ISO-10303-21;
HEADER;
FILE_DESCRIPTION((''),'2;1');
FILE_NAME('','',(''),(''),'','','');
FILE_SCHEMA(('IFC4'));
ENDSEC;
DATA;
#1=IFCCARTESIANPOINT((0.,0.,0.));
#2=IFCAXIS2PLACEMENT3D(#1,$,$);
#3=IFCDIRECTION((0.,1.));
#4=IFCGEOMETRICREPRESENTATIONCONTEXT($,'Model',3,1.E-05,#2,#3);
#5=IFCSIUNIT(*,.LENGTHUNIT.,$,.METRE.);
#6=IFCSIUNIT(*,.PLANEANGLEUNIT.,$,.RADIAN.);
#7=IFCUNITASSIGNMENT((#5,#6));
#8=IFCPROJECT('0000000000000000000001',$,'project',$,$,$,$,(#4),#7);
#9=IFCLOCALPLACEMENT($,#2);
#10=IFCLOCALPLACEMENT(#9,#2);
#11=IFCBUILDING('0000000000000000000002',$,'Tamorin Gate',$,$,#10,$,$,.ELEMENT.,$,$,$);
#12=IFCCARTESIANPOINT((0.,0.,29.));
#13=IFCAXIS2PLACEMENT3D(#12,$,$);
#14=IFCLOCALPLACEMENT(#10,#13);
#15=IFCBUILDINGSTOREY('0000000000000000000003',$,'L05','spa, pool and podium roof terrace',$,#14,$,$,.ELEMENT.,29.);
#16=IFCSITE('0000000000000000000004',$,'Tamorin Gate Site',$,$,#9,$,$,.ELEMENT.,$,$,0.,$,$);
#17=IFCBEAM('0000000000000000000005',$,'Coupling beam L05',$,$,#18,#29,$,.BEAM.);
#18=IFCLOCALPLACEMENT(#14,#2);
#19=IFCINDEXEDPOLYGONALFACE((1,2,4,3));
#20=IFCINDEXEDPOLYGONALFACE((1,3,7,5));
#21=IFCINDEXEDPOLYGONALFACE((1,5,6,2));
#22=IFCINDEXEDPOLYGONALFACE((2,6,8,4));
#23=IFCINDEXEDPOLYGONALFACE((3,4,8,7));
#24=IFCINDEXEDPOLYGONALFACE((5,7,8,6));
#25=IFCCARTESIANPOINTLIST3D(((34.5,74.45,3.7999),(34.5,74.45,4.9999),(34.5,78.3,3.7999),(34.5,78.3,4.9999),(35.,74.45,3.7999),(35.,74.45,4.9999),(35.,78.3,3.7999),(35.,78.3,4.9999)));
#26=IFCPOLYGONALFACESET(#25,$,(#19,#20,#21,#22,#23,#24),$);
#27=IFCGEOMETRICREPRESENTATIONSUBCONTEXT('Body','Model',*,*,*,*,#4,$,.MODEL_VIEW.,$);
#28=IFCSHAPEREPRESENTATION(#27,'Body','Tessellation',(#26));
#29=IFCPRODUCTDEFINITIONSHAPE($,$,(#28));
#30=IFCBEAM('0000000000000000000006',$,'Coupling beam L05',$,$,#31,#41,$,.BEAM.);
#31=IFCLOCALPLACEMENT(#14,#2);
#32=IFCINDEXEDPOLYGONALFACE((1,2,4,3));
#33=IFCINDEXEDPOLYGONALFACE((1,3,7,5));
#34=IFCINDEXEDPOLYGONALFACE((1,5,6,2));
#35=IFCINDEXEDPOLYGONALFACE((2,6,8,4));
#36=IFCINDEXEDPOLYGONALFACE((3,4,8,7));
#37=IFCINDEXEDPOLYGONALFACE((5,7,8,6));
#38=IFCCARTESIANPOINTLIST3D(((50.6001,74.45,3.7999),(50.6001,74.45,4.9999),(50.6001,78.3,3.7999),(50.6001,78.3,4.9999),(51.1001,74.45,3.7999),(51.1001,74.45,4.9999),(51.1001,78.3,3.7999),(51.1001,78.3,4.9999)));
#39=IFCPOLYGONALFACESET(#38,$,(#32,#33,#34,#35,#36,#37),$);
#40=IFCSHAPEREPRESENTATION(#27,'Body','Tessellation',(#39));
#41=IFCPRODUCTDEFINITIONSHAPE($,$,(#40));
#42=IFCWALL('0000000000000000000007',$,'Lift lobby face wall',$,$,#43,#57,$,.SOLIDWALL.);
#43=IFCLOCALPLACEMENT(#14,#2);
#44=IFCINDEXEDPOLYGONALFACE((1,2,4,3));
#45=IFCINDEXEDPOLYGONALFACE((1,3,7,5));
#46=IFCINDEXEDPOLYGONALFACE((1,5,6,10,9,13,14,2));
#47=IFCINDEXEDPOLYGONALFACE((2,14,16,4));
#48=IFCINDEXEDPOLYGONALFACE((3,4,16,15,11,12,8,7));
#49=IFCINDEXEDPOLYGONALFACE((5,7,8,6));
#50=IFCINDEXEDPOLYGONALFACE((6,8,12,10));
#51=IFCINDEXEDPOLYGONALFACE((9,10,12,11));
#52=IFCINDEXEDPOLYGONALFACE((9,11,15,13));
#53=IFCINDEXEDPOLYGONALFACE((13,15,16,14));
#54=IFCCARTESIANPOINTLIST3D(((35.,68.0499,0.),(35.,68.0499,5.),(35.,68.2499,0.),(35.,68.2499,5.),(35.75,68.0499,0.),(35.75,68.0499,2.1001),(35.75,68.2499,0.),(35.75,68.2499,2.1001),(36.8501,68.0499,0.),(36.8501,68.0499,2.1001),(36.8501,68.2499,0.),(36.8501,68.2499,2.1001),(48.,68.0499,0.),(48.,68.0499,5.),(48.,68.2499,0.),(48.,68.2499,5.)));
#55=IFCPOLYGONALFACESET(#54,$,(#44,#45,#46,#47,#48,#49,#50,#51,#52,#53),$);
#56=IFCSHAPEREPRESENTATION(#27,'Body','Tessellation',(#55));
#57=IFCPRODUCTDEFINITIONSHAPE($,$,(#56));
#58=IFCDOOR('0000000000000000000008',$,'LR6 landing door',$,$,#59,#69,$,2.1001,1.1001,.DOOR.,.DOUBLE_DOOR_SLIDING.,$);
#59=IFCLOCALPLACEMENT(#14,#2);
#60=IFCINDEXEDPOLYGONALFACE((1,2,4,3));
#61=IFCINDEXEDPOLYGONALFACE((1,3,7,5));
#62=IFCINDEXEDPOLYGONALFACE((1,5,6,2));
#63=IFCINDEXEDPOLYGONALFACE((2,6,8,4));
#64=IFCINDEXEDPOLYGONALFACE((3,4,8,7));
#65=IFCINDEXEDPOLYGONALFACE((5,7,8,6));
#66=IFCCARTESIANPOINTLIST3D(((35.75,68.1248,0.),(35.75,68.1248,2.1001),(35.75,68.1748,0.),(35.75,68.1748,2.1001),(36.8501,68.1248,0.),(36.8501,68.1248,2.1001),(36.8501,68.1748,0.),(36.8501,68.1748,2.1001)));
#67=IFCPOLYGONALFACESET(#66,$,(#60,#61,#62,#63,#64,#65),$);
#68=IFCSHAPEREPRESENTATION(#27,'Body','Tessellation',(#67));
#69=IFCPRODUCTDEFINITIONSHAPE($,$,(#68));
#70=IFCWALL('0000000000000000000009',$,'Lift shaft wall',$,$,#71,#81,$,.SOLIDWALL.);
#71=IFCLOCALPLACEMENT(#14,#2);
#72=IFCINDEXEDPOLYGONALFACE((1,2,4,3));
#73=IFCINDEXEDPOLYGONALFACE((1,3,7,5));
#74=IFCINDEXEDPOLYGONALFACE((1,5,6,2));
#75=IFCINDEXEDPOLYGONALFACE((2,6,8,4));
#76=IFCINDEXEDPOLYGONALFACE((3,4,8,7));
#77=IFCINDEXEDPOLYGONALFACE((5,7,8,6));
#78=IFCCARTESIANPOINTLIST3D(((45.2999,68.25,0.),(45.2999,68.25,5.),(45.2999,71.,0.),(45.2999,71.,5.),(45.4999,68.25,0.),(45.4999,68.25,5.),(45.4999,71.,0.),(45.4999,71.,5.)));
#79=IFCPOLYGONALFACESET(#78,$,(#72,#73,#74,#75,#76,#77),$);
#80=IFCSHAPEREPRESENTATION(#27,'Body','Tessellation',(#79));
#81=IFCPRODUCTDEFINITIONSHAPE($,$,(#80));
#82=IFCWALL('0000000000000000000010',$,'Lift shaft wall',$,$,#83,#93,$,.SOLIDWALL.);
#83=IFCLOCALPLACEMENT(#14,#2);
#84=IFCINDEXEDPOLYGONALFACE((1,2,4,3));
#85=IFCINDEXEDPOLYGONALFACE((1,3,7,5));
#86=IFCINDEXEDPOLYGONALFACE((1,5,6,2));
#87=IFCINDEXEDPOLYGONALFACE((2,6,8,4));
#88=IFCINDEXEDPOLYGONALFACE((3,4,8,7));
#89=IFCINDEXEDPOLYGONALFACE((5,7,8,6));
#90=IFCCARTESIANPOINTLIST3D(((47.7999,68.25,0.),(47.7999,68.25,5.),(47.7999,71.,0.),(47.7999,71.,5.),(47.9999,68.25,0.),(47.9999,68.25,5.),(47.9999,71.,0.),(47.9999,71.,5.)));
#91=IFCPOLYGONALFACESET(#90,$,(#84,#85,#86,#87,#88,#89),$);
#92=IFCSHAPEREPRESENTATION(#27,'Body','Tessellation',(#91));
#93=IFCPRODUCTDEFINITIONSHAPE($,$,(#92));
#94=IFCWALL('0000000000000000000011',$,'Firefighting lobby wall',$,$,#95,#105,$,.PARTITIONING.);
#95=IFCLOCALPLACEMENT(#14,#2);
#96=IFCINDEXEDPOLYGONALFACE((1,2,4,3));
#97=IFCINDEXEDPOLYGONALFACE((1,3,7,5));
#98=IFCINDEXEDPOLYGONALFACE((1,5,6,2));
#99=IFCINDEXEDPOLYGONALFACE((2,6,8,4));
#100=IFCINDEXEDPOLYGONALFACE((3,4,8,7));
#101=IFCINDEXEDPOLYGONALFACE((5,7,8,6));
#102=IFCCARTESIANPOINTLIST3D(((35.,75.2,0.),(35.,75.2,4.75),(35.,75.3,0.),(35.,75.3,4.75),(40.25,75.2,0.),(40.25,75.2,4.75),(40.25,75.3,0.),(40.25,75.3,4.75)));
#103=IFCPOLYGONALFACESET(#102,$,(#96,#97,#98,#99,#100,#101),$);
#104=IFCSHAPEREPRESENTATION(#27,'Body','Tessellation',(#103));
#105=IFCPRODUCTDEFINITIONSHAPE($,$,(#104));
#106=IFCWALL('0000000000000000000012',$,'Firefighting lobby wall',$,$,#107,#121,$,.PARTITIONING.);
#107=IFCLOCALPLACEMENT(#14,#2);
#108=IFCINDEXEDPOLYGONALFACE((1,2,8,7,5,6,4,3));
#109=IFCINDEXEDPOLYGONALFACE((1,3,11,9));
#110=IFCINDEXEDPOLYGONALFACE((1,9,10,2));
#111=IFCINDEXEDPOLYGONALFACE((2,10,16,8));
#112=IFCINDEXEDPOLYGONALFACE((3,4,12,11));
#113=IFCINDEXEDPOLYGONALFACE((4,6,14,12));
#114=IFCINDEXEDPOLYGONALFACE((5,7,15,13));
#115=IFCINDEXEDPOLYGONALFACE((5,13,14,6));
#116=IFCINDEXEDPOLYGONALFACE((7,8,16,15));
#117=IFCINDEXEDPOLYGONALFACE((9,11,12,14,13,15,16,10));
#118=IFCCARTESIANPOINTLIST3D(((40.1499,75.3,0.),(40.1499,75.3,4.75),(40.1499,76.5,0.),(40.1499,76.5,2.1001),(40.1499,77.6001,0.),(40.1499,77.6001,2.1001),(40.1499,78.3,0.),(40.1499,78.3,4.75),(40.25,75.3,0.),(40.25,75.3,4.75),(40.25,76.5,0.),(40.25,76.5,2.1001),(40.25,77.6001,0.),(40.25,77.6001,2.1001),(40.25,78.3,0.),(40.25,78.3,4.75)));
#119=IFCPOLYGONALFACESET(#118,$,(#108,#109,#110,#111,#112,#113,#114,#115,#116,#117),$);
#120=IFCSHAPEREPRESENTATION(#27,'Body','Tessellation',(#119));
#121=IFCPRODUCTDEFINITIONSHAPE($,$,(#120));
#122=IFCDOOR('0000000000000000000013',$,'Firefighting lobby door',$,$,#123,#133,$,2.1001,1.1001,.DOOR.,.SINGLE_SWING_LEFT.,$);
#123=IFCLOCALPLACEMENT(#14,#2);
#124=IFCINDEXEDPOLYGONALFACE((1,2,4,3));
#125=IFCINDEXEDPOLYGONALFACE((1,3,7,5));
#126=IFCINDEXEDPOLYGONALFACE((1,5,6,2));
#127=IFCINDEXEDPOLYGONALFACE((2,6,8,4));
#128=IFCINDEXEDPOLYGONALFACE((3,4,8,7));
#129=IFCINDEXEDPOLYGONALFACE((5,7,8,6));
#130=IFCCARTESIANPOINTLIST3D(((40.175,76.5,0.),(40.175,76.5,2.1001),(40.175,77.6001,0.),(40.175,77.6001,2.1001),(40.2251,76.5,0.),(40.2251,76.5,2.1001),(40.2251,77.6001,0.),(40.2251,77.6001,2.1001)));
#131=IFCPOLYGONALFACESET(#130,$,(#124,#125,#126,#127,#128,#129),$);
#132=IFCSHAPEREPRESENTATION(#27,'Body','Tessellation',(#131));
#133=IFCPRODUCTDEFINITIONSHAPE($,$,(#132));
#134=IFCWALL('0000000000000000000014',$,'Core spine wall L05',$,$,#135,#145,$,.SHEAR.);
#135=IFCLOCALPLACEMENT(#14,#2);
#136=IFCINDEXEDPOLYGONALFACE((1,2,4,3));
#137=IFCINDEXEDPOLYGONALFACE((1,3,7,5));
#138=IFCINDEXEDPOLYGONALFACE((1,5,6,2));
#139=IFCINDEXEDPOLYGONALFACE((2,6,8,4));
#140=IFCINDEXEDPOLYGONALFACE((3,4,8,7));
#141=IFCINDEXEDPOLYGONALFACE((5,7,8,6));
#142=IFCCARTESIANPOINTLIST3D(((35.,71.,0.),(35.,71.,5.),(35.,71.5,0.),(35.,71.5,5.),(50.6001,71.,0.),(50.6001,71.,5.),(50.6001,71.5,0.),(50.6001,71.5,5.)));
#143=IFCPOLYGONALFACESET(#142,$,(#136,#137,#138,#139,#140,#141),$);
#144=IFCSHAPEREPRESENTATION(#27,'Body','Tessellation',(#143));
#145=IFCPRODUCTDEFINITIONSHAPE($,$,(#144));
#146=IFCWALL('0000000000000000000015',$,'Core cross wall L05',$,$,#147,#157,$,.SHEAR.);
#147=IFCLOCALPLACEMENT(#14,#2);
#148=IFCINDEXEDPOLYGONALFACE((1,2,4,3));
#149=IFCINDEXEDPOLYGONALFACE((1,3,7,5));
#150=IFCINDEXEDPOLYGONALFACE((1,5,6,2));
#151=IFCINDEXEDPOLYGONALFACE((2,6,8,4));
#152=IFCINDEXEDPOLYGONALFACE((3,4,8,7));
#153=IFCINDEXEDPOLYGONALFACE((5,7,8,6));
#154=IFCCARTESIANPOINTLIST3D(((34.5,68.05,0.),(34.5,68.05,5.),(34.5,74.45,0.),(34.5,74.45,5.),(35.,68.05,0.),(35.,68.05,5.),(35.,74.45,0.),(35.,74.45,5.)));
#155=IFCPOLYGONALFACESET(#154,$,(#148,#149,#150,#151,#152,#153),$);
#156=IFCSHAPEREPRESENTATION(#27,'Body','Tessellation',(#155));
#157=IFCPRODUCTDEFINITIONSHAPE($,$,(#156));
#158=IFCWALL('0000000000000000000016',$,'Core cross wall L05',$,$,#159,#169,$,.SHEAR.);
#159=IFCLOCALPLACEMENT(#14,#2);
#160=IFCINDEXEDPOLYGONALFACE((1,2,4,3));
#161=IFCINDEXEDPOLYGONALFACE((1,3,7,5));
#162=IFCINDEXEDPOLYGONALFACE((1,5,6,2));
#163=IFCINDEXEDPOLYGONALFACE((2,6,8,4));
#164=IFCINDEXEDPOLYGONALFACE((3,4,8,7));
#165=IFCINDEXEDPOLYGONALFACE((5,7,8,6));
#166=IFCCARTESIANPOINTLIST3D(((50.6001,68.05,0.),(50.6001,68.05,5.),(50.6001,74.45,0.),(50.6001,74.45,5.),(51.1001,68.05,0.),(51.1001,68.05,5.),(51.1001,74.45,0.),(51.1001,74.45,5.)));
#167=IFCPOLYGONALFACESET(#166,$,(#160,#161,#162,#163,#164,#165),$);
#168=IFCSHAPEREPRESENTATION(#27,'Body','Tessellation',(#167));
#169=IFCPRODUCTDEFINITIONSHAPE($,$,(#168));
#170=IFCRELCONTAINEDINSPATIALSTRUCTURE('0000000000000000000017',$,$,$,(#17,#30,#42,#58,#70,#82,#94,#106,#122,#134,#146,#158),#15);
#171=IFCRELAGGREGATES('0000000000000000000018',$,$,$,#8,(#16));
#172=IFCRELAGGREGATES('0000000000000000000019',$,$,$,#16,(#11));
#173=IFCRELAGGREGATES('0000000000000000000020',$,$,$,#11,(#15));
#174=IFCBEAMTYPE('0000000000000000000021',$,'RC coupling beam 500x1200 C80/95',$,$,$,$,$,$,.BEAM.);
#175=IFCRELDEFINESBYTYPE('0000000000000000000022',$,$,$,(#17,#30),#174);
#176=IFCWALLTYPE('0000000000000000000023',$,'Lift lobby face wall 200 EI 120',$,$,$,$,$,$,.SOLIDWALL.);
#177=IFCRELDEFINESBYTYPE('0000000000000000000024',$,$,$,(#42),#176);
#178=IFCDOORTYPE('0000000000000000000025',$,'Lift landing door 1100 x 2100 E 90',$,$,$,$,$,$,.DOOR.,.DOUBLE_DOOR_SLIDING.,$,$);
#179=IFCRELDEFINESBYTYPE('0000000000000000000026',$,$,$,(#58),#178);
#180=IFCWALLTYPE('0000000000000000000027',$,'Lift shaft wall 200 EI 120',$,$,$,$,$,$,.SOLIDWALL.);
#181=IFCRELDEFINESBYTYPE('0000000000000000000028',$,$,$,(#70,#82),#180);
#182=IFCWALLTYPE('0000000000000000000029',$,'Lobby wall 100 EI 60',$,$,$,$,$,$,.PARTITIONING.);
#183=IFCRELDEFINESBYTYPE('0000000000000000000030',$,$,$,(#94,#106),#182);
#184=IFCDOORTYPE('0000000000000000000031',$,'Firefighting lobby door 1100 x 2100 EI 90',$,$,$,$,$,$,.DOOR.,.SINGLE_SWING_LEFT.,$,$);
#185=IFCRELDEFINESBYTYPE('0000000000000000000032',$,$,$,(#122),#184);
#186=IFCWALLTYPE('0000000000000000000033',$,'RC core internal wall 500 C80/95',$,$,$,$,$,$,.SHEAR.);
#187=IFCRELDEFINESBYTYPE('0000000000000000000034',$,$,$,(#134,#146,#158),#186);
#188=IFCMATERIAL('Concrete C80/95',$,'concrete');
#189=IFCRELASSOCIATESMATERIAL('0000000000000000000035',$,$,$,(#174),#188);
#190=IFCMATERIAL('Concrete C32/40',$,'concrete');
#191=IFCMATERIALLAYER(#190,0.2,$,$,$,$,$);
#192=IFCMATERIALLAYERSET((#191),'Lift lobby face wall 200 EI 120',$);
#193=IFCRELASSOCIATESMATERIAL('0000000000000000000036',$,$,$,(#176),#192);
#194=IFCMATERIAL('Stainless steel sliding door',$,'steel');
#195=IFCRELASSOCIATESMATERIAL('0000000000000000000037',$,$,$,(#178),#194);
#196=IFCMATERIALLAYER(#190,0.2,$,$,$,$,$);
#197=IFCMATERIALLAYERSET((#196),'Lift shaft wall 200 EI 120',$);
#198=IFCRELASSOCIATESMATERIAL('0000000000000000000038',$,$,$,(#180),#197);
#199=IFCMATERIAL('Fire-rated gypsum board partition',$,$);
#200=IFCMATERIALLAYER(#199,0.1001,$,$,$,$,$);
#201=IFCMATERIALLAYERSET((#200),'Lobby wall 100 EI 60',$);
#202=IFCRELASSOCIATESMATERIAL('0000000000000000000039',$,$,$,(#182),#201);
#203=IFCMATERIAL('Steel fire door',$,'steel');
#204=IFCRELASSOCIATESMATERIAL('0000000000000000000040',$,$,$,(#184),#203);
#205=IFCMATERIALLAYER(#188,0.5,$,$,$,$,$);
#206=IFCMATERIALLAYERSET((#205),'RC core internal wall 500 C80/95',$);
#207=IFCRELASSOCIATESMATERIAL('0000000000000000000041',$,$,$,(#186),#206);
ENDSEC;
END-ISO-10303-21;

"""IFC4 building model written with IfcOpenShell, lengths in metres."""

from ifc_helpers import new_model, si_unit, direction, frame, frame_2d, origin, origin_2d, place, context, subcontext, project, spatial, rectangle, extrude, material, layer, layer_set, material_profile, profile_set, type_object, element, fill, save


model = new_model("IFC4")

# Units and contexts
model_context = context("Model", 3, precision=1e-05, world=origin(), true_north=direction((0.0, 1.0)))
body_context = subcontext(model_context, "Body", "Model", "MODEL_VIEW")
ifc_project = project(units=[si_unit("LENGTHUNIT", "METRE"), si_unit("PLANEANGLEUNIT", "RADIAN")], contexts=[model_context])

# Site, building, storey
site_placement = place(None, origin())
site = spatial("IfcSite", under=ifc_project, at=site_placement, Name="Tamorin Gate Site", CompositionType="ELEMENT", RefElevation=0.0)
building_placement = place(site_placement, origin())
building = spatial("IfcBuilding", under=site, at=building_placement, Name="Tamorin Gate", CompositionType="ELEMENT")
storey_placement = place(building_placement, frame((0.0, 0.0, 29.0)))
storey = spatial("IfcBuildingStorey", under=building, at=storey_placement, Name="L05", Description="spa, pool and podium roof terrace", CompositionType="ELEMENT", Elevation=29.0)

# Beams
ifc_material_1 = material(Name="Concrete C80/95", Category="concrete")
ifc_material_profile = material_profile(ifc_material_1, rectangle(XDim=0.5, YDim=1.2, at=origin_2d()), Name="RC 500x1200")
ifc_profile_set = profile_set([ifc_material_profile], Name="Concrete C80/95")
beam_type = type_object("IfcBeamType", Name="RC coupling beam 500x1200 C80/95", PredefinedType="BEAM", material=ifc_profile_set)
for number, where, z_axis, x_axis, name in (
    (1, (34.75, 74.45, 4.3999), (0.0, 1.0, 0.0), (-1.0, 0.0, 0.0), "Coupling beam L05"),
    (2, (50.8501, 74.45, 4.3999), (0.0, 1.0, 0.0), (-1.0, 0.0, 0.0), "Coupling beam L05"),
):
    element("IfcBeam", number, at=place(storey_placement, frame(where, z_axis=z_axis, x_axis=x_axis)), inside=storey, type_object=beam_type, Name=name, PredefinedType="BEAM", context=body_context, shape_type="SweptSolid", body=[
        extrude(rectangle(XDim=0.5, YDim=1.2, at=origin_2d()), origin(), (0.0, 0.0, 1.0), 3.8501),
    ])

# Wall, opening, door
ifc_material_2 = material(Name="Concrete C32/40", Category="concrete")
ifc_layer_1 = layer(ifc_material_2, 0.2)
ifc_layer_set_1 = layer_set([ifc_layer_1], Name="Lift lobby face wall 200 EI 120")
wall_type_1 = type_object("IfcWallType", Name="Lift lobby face wall 200 EI 120", PredefinedType="SOLIDWALL", material=ifc_layer_set_1)
wall_1_placement = place(storey_placement, frame((35.0, 68.1499, 0.0), z_axis=(0.0, 0.0, 1.0), x_axis=(1.0, 0.0, 0.0)))
wall_1 = element("IfcWall", 3, at=wall_1_placement, inside=storey, type_object=wall_type_1, Name="Lift lobby face wall", PredefinedType="SOLIDWALL", context=body_context, shape_type="SweptSolid", body=[
    extrude(rectangle(XDim=13.0, YDim=0.2, at=frame_2d((6.5, 0.0))), origin(), (0.0, 0.0, 1.0), 5.0),
])
opening_1_placement = place(wall_1_placement, frame((0.75, 0.0, 0.0)))
opening_1 = element("IfcOpeningElement", 4, at=opening_1_placement, cuts=wall_1, PredefinedType="OPENING", context=body_context, shape_type="SweptSolid", body=[
    extrude(rectangle(XDim=1.1001, YDim=2.1001, at=frame_2d((0.55, 1.05))), frame((0.0, 0.1099, 0.0), z_axis=(0.0, -1.0, 0.0), x_axis=(1.0, 0.0, 0.0)), (0.0, 0.0, 1.0), 0.22),
])
ifc_material_3 = material(Name="Stainless steel sliding door", Category="steel")
door_type_1 = type_object("IfcDoorType", Name="Lift landing door 1100 x 2100 E 90", OperationType="DOUBLE_DOOR_SLIDING", PredefinedType="DOOR", material=ifc_material_3)
door_1_placement = place(opening_1_placement, origin())
door_1 = element("IfcDoor", 5, at=door_1_placement, inside=storey, type_object=door_type_1, Name="LR6 landing door", OperationType="DOUBLE_DOOR_SLIDING", OverallHeight=2.1001, OverallWidth=1.1001, PredefinedType="DOOR", context=body_context, shape_type="SweptSolid", body=[
    extrude(rectangle(XDim=1.1001, YDim=2.1001, at=frame_2d((0.55, 1.05))), frame((0.0, 0.0249, 0.0), z_axis=(0.0, -1.0, 0.0), x_axis=(1.0, 0.0, 0.0)), (0.0, 0.0, 1.0), 0.05),
])
fill(opening_1, door_1)

# Walls
ifc_layer_2 = layer(ifc_material_2, 0.2)
ifc_layer_set_2 = layer_set([ifc_layer_2], Name="Lift shaft wall 200 EI 120")
wall_type_2 = type_object("IfcWallType", Name="Lift shaft wall 200 EI 120", PredefinedType="SOLIDWALL", material=ifc_layer_set_2)
for number, where, z_axis, x_axis, name in (
    (6, (45.3999, 68.25, 0.0), (0.0, 0.0, 1.0), (0.0, 1.0, 0.0), "Lift shaft wall"),
    (7, (47.8999, 68.25, 0.0), (0.0, 0.0, 1.0), (0.0, 1.0, 0.0), "Lift shaft wall"),
):
    element("IfcWall", number, at=place(storey_placement, frame(where, z_axis=z_axis, x_axis=x_axis)), inside=storey, type_object=wall_type_2, Name=name, PredefinedType="SOLIDWALL", context=body_context, shape_type="SweptSolid", body=[
        extrude(rectangle(XDim=2.75, YDim=0.2, at=frame_2d((1.375, 0.0))), origin(), (0.0, 0.0, 1.0), 5.0),
    ])
ifc_material_4 = material(Name="Fire-rated gypsum board partition")
ifc_layer_3 = layer(ifc_material_4, 0.1001)
ifc_layer_set_3 = layer_set([ifc_layer_3], Name="Lobby wall 100 EI 60")
wall_type_3 = type_object("IfcWallType", Name="Lobby wall 100 EI 60", PredefinedType="PARTITIONING", material=ifc_layer_set_3)
wall_2_placement = place(storey_placement, frame((35.0, 75.25, 0.0), z_axis=(0.0, 0.0, 1.0), x_axis=(1.0, 0.0, 0.0)))
element("IfcWall", 8, at=wall_2_placement, inside=storey, type_object=wall_type_3, Name="Firefighting lobby wall", PredefinedType="PARTITIONING", context=body_context, shape_type="SweptSolid", body=[
    extrude(rectangle(XDim=5.25, YDim=0.1001, at=frame_2d((2.625, 0.0))), origin(), (0.0, 0.0, 1.0), 4.75),
])

# Wall, opening, door
wall_3_placement = place(storey_placement, frame((40.2, 75.3, 0.0), z_axis=(0.0, 0.0, 1.0), x_axis=(0.0, 1.0, 0.0)))
wall_3 = element("IfcWall", 9, at=wall_3_placement, inside=storey, type_object=wall_type_3, Name="Firefighting lobby wall", PredefinedType="PARTITIONING", context=body_context, shape_type="SweptSolid", body=[
    extrude(rectangle(XDim=3.0, YDim=0.1001, at=frame_2d((1.5, 0.0))), origin(), (0.0, 0.0, 1.0), 4.75),
])
opening_2_placement = place(wall_3_placement, frame((1.2, 0.0, 0.0)))
opening_2 = element("IfcOpeningElement", 10, at=opening_2_placement, cuts=wall_3, PredefinedType="OPENING", context=body_context, shape_type="SweptSolid", body=[
    extrude(rectangle(XDim=1.1001, YDim=2.1001, at=frame_2d((0.55, 1.05))), frame((0.0, 0.0601, 0.0), z_axis=(0.0, -1.0, 0.0), x_axis=(1.0, 0.0, 0.0)), (0.0, 0.0, 1.0), 0.1201),
])
ifc_material_5 = material(Name="Steel fire door", Category="steel")
door_type_2 = type_object("IfcDoorType", Name="Firefighting lobby door 1100 x 2100 EI 90", OperationType="SINGLE_SWING_LEFT", PredefinedType="DOOR", material=ifc_material_5)
door_2_placement = place(opening_2_placement, origin())
door_2 = element("IfcDoor", 11, at=door_2_placement, inside=storey, type_object=door_type_2, Name="Firefighting lobby door", OperationType="SINGLE_SWING_LEFT", OverallHeight=2.1001, OverallWidth=1.1001, PredefinedType="DOOR", context=body_context, shape_type="SweptSolid", body=[
    extrude(rectangle(XDim=1.1001, YDim=2.1001, at=frame_2d((0.55, 1.05))), frame((0.0, 0.0249, 0.0), z_axis=(0.0, -1.0, 0.0), x_axis=(1.0, 0.0, 0.0)), (0.0, 0.0, 1.0), 0.05),
])
fill(opening_2, door_2)

# Walls
ifc_layer_4 = layer(ifc_material_1, 0.5)
ifc_layer_set_4 = layer_set([ifc_layer_4], Name="RC core internal wall 500 C80/95")
wall_type_4 = type_object("IfcWallType", Name="RC core internal wall 500 C80/95", PredefinedType="SHEAR", material=ifc_layer_set_4)
wall_4_placement = place(storey_placement, frame((35.0, 71.25, 0.0), z_axis=(0.0, 0.0, 1.0), x_axis=(1.0, 0.0, 0.0)))
element("IfcWall", 12, at=wall_4_placement, inside=storey, type_object=wall_type_4, Name="Core spine wall L05", PredefinedType="SHEAR", context=body_context, shape_type="SweptSolid", body=[
    extrude(rectangle(XDim=15.6001, YDim=0.5, at=frame_2d((7.8, 0.0))), origin(), (0.0, 0.0, 1.0), 5.0),
])
for number, where, z_axis, x_axis, name in (
    (13, (34.75, 68.05, 0.0), (0.0, 0.0, 1.0), (0.0, 1.0, 0.0), "Core cross wall L05"),
    (14, (50.8501, 68.05, 0.0), (0.0, 0.0, 1.0), (0.0, 1.0, 0.0), "Core cross wall L05"),
):
    element("IfcWall", number, at=place(storey_placement, frame(where, z_axis=z_axis, x_axis=x_axis)), inside=storey, type_object=wall_type_4, Name=name, PredefinedType="SHEAR", context=body_context, shape_type="SweptSolid", body=[
        extrude(rectangle(XDim=6.3999, YDim=0.5, at=frame_2d((3.2, 0.0))), origin(), (0.0, 0.0, 1.0), 5.0),
    ])

save(model, "model.ifc")
